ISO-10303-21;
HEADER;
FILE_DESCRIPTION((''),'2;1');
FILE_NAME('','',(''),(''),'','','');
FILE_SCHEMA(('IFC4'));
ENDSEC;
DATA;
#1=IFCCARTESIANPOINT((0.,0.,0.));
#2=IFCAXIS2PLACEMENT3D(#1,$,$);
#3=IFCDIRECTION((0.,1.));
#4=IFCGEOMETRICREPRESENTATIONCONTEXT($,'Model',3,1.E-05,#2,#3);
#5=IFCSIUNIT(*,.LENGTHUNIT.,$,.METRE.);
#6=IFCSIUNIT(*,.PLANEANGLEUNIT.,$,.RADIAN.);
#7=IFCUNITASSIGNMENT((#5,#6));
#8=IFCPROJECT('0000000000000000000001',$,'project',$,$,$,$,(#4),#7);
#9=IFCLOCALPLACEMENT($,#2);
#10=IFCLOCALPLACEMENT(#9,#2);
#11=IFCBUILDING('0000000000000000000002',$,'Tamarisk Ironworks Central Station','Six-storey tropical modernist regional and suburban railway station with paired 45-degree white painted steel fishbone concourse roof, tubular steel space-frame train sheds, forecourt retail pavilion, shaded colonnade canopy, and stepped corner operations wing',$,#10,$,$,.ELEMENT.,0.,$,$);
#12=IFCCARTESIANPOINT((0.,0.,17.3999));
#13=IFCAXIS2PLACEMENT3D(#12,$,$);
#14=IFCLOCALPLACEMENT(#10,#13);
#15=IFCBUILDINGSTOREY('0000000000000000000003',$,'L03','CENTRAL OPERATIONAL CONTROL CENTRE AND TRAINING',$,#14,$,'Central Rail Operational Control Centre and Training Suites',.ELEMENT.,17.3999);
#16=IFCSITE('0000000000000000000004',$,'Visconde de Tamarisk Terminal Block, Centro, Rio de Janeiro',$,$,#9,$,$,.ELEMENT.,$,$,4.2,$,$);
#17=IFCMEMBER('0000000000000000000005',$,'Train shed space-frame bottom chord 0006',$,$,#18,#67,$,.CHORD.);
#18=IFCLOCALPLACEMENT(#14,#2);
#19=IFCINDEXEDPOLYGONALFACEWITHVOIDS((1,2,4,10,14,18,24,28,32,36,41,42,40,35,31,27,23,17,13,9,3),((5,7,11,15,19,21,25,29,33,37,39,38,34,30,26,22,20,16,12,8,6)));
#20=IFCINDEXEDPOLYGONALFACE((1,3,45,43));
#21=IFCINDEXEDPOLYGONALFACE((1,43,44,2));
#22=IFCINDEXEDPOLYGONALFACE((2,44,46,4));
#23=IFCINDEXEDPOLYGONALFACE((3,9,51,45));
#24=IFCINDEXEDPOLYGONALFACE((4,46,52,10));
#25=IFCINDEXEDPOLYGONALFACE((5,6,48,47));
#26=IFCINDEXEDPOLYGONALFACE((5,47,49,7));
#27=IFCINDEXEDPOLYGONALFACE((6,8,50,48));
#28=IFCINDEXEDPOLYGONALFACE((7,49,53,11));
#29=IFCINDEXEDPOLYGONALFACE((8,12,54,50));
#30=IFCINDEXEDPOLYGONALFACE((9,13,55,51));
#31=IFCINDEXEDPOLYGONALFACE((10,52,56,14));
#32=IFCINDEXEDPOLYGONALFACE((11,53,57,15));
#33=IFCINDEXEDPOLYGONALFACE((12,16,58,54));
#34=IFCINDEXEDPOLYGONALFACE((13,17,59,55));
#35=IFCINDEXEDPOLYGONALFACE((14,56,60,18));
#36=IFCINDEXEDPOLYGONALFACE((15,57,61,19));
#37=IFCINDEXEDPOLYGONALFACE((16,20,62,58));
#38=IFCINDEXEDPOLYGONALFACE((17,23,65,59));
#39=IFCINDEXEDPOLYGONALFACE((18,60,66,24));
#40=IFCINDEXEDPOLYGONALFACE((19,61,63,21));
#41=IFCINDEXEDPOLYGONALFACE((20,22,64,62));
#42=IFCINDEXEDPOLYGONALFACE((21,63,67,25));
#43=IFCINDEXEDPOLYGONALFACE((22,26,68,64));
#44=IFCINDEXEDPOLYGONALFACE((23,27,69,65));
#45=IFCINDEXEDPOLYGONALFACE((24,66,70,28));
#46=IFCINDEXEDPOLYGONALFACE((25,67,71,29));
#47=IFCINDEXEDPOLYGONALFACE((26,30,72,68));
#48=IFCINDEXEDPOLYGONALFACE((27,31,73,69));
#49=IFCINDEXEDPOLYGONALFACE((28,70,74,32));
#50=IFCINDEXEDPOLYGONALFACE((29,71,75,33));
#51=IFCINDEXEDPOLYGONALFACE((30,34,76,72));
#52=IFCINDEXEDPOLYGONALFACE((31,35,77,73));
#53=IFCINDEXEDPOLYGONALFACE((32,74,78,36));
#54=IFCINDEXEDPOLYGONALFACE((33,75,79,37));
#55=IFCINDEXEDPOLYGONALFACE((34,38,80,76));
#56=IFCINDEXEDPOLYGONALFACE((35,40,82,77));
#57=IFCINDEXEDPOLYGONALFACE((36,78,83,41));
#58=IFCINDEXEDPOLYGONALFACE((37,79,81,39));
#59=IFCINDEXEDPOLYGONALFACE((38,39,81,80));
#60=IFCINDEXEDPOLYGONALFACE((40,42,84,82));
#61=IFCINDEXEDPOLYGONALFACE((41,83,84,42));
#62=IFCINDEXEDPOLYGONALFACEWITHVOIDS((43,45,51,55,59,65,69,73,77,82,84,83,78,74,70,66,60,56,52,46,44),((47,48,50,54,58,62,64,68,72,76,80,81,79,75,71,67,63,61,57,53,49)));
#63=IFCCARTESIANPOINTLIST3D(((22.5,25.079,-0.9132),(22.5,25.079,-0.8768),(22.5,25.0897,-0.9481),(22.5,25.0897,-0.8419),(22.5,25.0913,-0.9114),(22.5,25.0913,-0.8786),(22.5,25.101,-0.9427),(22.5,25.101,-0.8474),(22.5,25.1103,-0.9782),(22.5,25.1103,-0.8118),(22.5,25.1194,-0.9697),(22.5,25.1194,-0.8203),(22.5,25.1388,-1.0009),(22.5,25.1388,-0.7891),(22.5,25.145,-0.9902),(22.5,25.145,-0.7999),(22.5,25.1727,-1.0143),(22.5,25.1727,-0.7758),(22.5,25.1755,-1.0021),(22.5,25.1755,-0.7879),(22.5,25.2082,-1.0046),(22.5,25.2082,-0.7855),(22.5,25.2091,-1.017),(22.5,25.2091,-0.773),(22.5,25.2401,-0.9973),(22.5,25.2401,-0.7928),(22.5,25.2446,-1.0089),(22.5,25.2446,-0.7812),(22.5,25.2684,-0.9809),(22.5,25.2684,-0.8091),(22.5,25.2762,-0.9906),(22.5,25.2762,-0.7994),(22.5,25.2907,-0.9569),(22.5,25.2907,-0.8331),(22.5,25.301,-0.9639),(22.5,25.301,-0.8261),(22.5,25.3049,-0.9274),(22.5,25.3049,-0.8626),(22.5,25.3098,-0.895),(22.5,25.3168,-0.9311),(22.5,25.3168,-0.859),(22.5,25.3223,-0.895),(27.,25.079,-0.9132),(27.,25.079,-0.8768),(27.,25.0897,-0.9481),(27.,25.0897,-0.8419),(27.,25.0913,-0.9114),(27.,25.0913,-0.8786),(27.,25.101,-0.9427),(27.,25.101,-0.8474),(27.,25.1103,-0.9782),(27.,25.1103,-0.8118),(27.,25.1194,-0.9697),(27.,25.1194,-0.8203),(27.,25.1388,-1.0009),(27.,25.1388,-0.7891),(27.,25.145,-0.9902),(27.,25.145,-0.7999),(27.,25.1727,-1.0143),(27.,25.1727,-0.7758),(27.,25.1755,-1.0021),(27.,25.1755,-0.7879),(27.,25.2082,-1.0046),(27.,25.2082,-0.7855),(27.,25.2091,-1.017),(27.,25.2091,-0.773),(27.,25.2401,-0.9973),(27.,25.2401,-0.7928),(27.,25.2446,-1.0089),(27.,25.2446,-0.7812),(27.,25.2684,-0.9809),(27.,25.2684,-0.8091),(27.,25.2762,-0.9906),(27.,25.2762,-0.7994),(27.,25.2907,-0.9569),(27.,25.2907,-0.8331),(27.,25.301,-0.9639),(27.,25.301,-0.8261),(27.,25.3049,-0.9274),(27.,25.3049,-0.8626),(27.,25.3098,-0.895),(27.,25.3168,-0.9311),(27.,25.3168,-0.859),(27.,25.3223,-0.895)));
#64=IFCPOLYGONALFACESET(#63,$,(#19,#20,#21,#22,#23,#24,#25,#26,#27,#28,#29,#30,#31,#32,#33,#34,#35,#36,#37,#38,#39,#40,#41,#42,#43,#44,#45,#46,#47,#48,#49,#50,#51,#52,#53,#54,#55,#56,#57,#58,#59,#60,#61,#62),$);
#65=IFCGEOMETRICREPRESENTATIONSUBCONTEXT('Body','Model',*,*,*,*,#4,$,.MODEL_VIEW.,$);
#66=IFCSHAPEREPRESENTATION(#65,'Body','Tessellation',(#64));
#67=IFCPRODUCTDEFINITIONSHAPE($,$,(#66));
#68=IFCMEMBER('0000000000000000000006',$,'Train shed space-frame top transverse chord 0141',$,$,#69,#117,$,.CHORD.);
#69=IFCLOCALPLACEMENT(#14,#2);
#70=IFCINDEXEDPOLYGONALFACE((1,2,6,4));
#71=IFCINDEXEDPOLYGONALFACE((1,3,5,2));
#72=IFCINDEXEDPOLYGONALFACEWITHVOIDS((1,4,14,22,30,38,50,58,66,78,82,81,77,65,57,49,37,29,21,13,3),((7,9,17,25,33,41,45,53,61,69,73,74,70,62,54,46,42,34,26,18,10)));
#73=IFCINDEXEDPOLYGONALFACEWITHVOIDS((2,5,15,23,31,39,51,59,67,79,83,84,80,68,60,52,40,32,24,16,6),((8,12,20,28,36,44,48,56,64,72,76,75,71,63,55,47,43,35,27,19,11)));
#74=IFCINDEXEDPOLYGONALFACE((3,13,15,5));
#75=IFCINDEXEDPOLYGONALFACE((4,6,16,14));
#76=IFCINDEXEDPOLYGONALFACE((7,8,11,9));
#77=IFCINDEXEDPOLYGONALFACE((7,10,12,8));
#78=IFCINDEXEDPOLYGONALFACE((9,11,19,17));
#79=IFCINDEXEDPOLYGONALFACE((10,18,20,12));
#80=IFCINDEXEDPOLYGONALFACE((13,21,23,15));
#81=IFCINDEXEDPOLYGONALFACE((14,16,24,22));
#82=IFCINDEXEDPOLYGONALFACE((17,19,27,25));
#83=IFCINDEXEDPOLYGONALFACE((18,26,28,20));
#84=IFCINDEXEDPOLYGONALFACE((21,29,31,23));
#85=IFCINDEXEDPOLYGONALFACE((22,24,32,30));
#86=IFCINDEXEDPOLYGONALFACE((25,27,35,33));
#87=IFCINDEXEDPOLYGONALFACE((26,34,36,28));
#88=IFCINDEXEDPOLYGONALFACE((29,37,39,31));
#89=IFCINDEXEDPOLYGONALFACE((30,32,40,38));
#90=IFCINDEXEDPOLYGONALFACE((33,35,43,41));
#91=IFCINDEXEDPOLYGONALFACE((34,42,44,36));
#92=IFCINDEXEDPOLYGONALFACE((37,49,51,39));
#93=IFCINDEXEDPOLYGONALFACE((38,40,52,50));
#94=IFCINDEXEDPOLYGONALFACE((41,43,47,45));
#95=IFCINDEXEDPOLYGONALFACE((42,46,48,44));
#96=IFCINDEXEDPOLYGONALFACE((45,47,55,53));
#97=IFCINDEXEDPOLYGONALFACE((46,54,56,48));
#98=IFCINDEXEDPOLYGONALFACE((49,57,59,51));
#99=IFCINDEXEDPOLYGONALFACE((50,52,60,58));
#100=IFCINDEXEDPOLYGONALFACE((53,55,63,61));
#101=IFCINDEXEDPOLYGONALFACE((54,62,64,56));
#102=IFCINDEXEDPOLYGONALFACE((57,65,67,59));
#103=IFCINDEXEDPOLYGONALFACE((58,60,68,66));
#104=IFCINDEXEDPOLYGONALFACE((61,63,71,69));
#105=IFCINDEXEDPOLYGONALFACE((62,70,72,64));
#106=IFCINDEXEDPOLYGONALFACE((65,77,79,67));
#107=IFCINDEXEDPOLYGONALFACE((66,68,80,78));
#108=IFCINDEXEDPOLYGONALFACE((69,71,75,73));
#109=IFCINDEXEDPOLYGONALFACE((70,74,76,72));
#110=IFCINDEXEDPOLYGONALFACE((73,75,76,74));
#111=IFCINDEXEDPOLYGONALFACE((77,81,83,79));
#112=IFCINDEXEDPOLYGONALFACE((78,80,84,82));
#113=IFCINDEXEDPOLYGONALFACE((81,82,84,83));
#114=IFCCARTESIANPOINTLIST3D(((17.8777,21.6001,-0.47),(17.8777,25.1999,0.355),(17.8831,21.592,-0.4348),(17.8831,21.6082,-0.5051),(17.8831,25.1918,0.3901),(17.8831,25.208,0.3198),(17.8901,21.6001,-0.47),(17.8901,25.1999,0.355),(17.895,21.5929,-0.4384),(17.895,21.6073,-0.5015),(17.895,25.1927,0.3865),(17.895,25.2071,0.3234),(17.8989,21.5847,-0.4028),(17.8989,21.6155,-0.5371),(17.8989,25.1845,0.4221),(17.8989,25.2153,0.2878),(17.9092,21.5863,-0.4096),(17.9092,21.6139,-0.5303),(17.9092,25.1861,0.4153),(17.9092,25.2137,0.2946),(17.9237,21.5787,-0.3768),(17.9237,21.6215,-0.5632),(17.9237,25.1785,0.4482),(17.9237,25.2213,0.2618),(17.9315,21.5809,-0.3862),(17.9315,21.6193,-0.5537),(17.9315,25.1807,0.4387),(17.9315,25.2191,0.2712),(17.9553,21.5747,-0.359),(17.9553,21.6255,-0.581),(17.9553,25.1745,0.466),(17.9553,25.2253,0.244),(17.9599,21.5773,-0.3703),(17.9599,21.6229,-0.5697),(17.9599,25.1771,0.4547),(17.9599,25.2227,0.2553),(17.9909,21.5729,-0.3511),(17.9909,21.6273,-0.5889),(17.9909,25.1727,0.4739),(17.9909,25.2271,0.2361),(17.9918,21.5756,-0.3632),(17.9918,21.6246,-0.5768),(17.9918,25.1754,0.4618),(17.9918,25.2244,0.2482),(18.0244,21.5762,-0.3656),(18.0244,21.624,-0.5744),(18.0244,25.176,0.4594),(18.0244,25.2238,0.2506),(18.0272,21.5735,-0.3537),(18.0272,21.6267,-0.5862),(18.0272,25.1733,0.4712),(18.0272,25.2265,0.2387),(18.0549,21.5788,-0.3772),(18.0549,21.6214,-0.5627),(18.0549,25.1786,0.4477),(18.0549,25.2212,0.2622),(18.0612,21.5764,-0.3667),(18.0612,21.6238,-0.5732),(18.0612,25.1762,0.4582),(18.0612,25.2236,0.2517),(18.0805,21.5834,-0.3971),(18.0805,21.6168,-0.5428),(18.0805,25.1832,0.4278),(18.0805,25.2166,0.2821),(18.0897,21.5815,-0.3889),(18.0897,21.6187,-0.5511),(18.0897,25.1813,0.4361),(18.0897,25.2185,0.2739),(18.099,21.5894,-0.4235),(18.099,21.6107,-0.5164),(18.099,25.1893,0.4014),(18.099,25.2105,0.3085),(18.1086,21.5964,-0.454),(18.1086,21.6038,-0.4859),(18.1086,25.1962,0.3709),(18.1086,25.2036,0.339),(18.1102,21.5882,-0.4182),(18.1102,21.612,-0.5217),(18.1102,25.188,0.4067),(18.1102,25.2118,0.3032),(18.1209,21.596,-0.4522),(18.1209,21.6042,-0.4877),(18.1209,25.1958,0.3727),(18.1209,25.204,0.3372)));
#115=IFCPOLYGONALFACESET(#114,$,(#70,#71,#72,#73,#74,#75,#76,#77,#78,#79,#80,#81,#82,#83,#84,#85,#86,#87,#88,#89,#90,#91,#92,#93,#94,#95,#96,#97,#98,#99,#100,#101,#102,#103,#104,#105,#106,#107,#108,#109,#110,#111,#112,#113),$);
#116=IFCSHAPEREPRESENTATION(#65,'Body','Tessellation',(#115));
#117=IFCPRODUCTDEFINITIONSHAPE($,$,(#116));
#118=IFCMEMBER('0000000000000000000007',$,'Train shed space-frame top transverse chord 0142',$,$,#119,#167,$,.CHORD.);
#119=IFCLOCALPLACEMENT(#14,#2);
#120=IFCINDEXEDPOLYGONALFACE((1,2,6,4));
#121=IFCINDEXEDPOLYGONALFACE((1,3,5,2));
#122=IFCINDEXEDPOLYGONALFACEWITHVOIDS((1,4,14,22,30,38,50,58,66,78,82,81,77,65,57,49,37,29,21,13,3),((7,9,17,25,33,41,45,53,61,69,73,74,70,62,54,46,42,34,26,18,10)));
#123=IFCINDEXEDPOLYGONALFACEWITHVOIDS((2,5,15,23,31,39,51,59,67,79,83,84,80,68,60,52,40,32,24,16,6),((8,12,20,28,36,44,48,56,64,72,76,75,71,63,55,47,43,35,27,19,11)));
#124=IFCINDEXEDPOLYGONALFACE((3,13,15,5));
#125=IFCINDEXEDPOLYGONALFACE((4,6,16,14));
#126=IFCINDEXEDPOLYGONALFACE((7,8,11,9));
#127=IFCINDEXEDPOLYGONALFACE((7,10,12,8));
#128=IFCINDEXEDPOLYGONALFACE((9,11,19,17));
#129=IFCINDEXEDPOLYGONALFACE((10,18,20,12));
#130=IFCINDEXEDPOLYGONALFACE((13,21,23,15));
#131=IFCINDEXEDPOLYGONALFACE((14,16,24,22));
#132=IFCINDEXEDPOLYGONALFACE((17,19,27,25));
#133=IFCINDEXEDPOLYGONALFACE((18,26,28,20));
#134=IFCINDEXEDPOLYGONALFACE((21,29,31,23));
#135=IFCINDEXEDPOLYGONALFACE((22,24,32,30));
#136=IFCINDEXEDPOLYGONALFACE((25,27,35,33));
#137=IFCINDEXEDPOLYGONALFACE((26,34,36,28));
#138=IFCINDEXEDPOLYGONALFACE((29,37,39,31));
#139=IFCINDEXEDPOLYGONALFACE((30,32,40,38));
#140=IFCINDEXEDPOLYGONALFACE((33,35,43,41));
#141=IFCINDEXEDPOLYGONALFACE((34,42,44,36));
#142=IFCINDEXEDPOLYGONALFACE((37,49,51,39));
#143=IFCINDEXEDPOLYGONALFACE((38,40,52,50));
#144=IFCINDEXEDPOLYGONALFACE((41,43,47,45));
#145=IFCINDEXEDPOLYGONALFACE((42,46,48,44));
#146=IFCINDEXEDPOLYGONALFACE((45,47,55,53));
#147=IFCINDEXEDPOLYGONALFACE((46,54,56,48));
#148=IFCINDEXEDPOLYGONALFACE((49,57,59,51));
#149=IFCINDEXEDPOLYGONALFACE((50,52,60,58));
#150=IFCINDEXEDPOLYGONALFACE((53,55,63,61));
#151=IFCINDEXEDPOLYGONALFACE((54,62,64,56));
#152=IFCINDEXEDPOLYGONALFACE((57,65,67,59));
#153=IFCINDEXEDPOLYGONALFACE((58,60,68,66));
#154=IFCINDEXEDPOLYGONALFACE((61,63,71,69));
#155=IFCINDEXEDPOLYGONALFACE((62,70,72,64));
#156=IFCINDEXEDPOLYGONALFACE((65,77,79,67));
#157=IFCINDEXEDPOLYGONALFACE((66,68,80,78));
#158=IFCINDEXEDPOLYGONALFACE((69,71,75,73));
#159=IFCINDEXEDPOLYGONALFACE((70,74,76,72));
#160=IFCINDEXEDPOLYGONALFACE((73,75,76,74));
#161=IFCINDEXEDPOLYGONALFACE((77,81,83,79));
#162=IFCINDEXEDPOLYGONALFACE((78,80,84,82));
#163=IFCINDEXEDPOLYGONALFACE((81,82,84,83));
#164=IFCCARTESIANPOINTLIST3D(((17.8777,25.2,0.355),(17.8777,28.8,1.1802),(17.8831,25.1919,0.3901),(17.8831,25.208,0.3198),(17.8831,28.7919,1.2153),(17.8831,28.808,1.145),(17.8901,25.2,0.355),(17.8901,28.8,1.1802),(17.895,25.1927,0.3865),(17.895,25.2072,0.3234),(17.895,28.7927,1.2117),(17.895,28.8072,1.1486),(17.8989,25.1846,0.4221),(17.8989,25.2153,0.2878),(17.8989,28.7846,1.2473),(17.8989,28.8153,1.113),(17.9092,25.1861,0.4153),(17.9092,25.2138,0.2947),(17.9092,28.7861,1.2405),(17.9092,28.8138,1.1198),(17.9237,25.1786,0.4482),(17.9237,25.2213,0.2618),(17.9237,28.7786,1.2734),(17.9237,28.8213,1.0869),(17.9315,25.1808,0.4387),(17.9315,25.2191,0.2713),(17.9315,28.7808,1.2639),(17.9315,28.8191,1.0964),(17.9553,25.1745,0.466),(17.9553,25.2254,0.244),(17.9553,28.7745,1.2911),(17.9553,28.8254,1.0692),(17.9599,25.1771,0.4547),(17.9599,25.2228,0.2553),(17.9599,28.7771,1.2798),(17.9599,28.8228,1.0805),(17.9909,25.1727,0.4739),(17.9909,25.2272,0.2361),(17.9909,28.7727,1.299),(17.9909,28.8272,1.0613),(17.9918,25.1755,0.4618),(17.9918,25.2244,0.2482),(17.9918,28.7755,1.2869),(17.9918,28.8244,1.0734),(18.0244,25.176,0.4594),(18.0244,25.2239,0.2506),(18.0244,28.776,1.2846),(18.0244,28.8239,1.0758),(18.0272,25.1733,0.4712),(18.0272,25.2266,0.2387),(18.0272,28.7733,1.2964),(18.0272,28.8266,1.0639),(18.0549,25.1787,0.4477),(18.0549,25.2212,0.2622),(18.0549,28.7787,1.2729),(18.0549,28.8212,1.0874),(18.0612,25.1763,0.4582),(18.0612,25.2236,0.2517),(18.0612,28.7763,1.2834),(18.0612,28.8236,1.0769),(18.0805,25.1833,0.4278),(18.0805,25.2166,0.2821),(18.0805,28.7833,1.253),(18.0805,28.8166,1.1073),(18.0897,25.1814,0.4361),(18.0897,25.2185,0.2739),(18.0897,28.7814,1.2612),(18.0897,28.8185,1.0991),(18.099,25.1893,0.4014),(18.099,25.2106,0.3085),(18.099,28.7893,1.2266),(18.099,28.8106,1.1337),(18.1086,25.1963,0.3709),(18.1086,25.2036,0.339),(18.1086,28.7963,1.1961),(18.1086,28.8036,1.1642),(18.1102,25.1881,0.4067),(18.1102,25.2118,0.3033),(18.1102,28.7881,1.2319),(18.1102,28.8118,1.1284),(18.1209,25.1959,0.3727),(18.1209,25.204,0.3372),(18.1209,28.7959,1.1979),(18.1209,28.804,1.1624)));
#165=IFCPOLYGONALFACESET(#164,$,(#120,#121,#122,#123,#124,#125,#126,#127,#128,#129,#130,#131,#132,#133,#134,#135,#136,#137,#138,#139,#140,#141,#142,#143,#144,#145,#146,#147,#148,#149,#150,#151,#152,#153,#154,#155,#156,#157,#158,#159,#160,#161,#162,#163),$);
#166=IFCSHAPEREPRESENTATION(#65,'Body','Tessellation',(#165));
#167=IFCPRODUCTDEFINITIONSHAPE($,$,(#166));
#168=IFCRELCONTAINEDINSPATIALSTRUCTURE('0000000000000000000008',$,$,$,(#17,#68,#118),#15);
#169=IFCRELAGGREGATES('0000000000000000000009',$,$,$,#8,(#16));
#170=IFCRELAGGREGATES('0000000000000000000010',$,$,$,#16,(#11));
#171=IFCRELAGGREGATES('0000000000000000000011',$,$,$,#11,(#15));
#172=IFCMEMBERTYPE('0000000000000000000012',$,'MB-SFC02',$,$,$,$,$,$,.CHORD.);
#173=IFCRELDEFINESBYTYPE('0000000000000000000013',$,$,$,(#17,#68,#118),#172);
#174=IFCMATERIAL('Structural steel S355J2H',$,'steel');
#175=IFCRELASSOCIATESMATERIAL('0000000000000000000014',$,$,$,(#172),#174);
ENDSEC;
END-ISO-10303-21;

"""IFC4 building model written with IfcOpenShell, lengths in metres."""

from ifc_helpers import new_model, si_unit, direction, frame, origin, origin_2d, place, context, subcontext, project, spatial, hollow_circle, extrude, material, material_profile, profile_set, type_object, element, save


model = new_model("IFC4")

# Units and contexts
model_context = context("Model", 3, precision=1e-05, world=origin(), true_north=direction((0.0, 1.0)))
body_context = subcontext(model_context, "Body", "Model", "MODEL_VIEW")
ifc_project = project(units=[si_unit("LENGTHUNIT", "METRE"), si_unit("PLANEANGLEUNIT", "RADIAN")], contexts=[model_context])

# Site, building, storey
site_placement = place(None, origin())
site = spatial("IfcSite", under=ifc_project, at=site_placement, Name="Visconde de Tamarisk Terminal Block, Centro, Rio de Janeiro", CompositionType="ELEMENT", RefElevation=4.2)
building_placement = place(site_placement, origin())
building = spatial("IfcBuilding", under=site, at=building_placement, Name="Tamarisk Ironworks Central Station", Description="Six-storey tropical modernist regional and suburban railway station with paired 45-degree white painted steel fishbone concourse roof, tubular steel space-frame train sheds, forecourt retail pavilion, shaded colonnade canopy, and stepped corner operations wing", CompositionType="ELEMENT", ElevationOfRefHeight=0.0)
storey_placement = place(building_placement, frame((0.0, 0.0, 17.3999)))
storey = spatial("IfcBuildingStorey", under=building, at=storey_placement, Name="L03", Description="CENTRAL OPERATIONAL CONTROL CENTRE AND TRAINING", LongName="Central Rail Operational Control Centre and Training Suites", CompositionType="ELEMENT", Elevation=17.3999)

# Members
ifc_material_1 = material(Name="Structural steel S355J2H", Category="steel")
ifc_material_profile_1 = material_profile(ifc_material_1, hollow_circle(Radius=0.1223, WallThickness=0.0125, at=origin_2d()), Name="CHS 244.5x12.5")
ifc_profile_set_1 = profile_set([ifc_material_profile_1], Name="Structural steel S355J2H")
member_type_1 = type_object("IfcMemberType", Name="MB-SFC02", PredefinedType="CHORD", material=ifc_profile_set_1)
for number, where, z_axis, x_axis, name in (
    (1, (22.5, 25.2, -0.895), (1.0, 0.0, 0.0), (0.0, 1.0, 0.0), "Train shed space-frame bottom chord 0006"),
):
    element("IfcMember", number, at=place(storey_placement, frame(where, z_axis=z_axis, x_axis=x_axis)), inside=storey, type_object=member_type_1, Name=name, PredefinedType="CHORD", context=body_context, shape_type="SweptSolid", body=[
        extrude(hollow_circle(Radius=0.1223, WallThickness=0.0125, at=origin_2d()), origin(), (0.0, 0.0, 1.0), 4.5),
    ])
member_1_placement = place(storey_placement, frame((18.0, 21.6001, -0.47), z_axis=(0.0, 0.974733, 0.223372), x_axis=(-1.0, 0.0, 0.0)))
element("IfcMember", 2, at=member_1_placement, inside=storey, type_object=member_type_1, Name="Train shed space-frame top transverse chord 0141", PredefinedType="CHORD", context=body_context, shape_type="SweptSolid", body=[
    extrude(hollow_circle(Radius=0.1223, WallThickness=0.0125, at=origin_2d()), origin(), (0.0, 0.0, 1.0), 3.6931),
])
member_2_placement = place(storey_placement, frame((18.0, 25.2, 0.355), z_axis=(0.0, 0.974722, 0.223421), x_axis=(-1.0, 0.0, 0.0)))
element("IfcMember", 3, at=member_2_placement, inside=storey, type_object=member_type_1, Name="Train shed space-frame top transverse chord 0142", PredefinedType="CHORD", context=body_context, shape_type="SweptSolid", body=[
    extrude(hollow_circle(Radius=0.1223, WallThickness=0.0125, at=origin_2d()), origin(), (0.0, 0.0, 1.0), 3.6934),
])

save(model, "model.ifc")
